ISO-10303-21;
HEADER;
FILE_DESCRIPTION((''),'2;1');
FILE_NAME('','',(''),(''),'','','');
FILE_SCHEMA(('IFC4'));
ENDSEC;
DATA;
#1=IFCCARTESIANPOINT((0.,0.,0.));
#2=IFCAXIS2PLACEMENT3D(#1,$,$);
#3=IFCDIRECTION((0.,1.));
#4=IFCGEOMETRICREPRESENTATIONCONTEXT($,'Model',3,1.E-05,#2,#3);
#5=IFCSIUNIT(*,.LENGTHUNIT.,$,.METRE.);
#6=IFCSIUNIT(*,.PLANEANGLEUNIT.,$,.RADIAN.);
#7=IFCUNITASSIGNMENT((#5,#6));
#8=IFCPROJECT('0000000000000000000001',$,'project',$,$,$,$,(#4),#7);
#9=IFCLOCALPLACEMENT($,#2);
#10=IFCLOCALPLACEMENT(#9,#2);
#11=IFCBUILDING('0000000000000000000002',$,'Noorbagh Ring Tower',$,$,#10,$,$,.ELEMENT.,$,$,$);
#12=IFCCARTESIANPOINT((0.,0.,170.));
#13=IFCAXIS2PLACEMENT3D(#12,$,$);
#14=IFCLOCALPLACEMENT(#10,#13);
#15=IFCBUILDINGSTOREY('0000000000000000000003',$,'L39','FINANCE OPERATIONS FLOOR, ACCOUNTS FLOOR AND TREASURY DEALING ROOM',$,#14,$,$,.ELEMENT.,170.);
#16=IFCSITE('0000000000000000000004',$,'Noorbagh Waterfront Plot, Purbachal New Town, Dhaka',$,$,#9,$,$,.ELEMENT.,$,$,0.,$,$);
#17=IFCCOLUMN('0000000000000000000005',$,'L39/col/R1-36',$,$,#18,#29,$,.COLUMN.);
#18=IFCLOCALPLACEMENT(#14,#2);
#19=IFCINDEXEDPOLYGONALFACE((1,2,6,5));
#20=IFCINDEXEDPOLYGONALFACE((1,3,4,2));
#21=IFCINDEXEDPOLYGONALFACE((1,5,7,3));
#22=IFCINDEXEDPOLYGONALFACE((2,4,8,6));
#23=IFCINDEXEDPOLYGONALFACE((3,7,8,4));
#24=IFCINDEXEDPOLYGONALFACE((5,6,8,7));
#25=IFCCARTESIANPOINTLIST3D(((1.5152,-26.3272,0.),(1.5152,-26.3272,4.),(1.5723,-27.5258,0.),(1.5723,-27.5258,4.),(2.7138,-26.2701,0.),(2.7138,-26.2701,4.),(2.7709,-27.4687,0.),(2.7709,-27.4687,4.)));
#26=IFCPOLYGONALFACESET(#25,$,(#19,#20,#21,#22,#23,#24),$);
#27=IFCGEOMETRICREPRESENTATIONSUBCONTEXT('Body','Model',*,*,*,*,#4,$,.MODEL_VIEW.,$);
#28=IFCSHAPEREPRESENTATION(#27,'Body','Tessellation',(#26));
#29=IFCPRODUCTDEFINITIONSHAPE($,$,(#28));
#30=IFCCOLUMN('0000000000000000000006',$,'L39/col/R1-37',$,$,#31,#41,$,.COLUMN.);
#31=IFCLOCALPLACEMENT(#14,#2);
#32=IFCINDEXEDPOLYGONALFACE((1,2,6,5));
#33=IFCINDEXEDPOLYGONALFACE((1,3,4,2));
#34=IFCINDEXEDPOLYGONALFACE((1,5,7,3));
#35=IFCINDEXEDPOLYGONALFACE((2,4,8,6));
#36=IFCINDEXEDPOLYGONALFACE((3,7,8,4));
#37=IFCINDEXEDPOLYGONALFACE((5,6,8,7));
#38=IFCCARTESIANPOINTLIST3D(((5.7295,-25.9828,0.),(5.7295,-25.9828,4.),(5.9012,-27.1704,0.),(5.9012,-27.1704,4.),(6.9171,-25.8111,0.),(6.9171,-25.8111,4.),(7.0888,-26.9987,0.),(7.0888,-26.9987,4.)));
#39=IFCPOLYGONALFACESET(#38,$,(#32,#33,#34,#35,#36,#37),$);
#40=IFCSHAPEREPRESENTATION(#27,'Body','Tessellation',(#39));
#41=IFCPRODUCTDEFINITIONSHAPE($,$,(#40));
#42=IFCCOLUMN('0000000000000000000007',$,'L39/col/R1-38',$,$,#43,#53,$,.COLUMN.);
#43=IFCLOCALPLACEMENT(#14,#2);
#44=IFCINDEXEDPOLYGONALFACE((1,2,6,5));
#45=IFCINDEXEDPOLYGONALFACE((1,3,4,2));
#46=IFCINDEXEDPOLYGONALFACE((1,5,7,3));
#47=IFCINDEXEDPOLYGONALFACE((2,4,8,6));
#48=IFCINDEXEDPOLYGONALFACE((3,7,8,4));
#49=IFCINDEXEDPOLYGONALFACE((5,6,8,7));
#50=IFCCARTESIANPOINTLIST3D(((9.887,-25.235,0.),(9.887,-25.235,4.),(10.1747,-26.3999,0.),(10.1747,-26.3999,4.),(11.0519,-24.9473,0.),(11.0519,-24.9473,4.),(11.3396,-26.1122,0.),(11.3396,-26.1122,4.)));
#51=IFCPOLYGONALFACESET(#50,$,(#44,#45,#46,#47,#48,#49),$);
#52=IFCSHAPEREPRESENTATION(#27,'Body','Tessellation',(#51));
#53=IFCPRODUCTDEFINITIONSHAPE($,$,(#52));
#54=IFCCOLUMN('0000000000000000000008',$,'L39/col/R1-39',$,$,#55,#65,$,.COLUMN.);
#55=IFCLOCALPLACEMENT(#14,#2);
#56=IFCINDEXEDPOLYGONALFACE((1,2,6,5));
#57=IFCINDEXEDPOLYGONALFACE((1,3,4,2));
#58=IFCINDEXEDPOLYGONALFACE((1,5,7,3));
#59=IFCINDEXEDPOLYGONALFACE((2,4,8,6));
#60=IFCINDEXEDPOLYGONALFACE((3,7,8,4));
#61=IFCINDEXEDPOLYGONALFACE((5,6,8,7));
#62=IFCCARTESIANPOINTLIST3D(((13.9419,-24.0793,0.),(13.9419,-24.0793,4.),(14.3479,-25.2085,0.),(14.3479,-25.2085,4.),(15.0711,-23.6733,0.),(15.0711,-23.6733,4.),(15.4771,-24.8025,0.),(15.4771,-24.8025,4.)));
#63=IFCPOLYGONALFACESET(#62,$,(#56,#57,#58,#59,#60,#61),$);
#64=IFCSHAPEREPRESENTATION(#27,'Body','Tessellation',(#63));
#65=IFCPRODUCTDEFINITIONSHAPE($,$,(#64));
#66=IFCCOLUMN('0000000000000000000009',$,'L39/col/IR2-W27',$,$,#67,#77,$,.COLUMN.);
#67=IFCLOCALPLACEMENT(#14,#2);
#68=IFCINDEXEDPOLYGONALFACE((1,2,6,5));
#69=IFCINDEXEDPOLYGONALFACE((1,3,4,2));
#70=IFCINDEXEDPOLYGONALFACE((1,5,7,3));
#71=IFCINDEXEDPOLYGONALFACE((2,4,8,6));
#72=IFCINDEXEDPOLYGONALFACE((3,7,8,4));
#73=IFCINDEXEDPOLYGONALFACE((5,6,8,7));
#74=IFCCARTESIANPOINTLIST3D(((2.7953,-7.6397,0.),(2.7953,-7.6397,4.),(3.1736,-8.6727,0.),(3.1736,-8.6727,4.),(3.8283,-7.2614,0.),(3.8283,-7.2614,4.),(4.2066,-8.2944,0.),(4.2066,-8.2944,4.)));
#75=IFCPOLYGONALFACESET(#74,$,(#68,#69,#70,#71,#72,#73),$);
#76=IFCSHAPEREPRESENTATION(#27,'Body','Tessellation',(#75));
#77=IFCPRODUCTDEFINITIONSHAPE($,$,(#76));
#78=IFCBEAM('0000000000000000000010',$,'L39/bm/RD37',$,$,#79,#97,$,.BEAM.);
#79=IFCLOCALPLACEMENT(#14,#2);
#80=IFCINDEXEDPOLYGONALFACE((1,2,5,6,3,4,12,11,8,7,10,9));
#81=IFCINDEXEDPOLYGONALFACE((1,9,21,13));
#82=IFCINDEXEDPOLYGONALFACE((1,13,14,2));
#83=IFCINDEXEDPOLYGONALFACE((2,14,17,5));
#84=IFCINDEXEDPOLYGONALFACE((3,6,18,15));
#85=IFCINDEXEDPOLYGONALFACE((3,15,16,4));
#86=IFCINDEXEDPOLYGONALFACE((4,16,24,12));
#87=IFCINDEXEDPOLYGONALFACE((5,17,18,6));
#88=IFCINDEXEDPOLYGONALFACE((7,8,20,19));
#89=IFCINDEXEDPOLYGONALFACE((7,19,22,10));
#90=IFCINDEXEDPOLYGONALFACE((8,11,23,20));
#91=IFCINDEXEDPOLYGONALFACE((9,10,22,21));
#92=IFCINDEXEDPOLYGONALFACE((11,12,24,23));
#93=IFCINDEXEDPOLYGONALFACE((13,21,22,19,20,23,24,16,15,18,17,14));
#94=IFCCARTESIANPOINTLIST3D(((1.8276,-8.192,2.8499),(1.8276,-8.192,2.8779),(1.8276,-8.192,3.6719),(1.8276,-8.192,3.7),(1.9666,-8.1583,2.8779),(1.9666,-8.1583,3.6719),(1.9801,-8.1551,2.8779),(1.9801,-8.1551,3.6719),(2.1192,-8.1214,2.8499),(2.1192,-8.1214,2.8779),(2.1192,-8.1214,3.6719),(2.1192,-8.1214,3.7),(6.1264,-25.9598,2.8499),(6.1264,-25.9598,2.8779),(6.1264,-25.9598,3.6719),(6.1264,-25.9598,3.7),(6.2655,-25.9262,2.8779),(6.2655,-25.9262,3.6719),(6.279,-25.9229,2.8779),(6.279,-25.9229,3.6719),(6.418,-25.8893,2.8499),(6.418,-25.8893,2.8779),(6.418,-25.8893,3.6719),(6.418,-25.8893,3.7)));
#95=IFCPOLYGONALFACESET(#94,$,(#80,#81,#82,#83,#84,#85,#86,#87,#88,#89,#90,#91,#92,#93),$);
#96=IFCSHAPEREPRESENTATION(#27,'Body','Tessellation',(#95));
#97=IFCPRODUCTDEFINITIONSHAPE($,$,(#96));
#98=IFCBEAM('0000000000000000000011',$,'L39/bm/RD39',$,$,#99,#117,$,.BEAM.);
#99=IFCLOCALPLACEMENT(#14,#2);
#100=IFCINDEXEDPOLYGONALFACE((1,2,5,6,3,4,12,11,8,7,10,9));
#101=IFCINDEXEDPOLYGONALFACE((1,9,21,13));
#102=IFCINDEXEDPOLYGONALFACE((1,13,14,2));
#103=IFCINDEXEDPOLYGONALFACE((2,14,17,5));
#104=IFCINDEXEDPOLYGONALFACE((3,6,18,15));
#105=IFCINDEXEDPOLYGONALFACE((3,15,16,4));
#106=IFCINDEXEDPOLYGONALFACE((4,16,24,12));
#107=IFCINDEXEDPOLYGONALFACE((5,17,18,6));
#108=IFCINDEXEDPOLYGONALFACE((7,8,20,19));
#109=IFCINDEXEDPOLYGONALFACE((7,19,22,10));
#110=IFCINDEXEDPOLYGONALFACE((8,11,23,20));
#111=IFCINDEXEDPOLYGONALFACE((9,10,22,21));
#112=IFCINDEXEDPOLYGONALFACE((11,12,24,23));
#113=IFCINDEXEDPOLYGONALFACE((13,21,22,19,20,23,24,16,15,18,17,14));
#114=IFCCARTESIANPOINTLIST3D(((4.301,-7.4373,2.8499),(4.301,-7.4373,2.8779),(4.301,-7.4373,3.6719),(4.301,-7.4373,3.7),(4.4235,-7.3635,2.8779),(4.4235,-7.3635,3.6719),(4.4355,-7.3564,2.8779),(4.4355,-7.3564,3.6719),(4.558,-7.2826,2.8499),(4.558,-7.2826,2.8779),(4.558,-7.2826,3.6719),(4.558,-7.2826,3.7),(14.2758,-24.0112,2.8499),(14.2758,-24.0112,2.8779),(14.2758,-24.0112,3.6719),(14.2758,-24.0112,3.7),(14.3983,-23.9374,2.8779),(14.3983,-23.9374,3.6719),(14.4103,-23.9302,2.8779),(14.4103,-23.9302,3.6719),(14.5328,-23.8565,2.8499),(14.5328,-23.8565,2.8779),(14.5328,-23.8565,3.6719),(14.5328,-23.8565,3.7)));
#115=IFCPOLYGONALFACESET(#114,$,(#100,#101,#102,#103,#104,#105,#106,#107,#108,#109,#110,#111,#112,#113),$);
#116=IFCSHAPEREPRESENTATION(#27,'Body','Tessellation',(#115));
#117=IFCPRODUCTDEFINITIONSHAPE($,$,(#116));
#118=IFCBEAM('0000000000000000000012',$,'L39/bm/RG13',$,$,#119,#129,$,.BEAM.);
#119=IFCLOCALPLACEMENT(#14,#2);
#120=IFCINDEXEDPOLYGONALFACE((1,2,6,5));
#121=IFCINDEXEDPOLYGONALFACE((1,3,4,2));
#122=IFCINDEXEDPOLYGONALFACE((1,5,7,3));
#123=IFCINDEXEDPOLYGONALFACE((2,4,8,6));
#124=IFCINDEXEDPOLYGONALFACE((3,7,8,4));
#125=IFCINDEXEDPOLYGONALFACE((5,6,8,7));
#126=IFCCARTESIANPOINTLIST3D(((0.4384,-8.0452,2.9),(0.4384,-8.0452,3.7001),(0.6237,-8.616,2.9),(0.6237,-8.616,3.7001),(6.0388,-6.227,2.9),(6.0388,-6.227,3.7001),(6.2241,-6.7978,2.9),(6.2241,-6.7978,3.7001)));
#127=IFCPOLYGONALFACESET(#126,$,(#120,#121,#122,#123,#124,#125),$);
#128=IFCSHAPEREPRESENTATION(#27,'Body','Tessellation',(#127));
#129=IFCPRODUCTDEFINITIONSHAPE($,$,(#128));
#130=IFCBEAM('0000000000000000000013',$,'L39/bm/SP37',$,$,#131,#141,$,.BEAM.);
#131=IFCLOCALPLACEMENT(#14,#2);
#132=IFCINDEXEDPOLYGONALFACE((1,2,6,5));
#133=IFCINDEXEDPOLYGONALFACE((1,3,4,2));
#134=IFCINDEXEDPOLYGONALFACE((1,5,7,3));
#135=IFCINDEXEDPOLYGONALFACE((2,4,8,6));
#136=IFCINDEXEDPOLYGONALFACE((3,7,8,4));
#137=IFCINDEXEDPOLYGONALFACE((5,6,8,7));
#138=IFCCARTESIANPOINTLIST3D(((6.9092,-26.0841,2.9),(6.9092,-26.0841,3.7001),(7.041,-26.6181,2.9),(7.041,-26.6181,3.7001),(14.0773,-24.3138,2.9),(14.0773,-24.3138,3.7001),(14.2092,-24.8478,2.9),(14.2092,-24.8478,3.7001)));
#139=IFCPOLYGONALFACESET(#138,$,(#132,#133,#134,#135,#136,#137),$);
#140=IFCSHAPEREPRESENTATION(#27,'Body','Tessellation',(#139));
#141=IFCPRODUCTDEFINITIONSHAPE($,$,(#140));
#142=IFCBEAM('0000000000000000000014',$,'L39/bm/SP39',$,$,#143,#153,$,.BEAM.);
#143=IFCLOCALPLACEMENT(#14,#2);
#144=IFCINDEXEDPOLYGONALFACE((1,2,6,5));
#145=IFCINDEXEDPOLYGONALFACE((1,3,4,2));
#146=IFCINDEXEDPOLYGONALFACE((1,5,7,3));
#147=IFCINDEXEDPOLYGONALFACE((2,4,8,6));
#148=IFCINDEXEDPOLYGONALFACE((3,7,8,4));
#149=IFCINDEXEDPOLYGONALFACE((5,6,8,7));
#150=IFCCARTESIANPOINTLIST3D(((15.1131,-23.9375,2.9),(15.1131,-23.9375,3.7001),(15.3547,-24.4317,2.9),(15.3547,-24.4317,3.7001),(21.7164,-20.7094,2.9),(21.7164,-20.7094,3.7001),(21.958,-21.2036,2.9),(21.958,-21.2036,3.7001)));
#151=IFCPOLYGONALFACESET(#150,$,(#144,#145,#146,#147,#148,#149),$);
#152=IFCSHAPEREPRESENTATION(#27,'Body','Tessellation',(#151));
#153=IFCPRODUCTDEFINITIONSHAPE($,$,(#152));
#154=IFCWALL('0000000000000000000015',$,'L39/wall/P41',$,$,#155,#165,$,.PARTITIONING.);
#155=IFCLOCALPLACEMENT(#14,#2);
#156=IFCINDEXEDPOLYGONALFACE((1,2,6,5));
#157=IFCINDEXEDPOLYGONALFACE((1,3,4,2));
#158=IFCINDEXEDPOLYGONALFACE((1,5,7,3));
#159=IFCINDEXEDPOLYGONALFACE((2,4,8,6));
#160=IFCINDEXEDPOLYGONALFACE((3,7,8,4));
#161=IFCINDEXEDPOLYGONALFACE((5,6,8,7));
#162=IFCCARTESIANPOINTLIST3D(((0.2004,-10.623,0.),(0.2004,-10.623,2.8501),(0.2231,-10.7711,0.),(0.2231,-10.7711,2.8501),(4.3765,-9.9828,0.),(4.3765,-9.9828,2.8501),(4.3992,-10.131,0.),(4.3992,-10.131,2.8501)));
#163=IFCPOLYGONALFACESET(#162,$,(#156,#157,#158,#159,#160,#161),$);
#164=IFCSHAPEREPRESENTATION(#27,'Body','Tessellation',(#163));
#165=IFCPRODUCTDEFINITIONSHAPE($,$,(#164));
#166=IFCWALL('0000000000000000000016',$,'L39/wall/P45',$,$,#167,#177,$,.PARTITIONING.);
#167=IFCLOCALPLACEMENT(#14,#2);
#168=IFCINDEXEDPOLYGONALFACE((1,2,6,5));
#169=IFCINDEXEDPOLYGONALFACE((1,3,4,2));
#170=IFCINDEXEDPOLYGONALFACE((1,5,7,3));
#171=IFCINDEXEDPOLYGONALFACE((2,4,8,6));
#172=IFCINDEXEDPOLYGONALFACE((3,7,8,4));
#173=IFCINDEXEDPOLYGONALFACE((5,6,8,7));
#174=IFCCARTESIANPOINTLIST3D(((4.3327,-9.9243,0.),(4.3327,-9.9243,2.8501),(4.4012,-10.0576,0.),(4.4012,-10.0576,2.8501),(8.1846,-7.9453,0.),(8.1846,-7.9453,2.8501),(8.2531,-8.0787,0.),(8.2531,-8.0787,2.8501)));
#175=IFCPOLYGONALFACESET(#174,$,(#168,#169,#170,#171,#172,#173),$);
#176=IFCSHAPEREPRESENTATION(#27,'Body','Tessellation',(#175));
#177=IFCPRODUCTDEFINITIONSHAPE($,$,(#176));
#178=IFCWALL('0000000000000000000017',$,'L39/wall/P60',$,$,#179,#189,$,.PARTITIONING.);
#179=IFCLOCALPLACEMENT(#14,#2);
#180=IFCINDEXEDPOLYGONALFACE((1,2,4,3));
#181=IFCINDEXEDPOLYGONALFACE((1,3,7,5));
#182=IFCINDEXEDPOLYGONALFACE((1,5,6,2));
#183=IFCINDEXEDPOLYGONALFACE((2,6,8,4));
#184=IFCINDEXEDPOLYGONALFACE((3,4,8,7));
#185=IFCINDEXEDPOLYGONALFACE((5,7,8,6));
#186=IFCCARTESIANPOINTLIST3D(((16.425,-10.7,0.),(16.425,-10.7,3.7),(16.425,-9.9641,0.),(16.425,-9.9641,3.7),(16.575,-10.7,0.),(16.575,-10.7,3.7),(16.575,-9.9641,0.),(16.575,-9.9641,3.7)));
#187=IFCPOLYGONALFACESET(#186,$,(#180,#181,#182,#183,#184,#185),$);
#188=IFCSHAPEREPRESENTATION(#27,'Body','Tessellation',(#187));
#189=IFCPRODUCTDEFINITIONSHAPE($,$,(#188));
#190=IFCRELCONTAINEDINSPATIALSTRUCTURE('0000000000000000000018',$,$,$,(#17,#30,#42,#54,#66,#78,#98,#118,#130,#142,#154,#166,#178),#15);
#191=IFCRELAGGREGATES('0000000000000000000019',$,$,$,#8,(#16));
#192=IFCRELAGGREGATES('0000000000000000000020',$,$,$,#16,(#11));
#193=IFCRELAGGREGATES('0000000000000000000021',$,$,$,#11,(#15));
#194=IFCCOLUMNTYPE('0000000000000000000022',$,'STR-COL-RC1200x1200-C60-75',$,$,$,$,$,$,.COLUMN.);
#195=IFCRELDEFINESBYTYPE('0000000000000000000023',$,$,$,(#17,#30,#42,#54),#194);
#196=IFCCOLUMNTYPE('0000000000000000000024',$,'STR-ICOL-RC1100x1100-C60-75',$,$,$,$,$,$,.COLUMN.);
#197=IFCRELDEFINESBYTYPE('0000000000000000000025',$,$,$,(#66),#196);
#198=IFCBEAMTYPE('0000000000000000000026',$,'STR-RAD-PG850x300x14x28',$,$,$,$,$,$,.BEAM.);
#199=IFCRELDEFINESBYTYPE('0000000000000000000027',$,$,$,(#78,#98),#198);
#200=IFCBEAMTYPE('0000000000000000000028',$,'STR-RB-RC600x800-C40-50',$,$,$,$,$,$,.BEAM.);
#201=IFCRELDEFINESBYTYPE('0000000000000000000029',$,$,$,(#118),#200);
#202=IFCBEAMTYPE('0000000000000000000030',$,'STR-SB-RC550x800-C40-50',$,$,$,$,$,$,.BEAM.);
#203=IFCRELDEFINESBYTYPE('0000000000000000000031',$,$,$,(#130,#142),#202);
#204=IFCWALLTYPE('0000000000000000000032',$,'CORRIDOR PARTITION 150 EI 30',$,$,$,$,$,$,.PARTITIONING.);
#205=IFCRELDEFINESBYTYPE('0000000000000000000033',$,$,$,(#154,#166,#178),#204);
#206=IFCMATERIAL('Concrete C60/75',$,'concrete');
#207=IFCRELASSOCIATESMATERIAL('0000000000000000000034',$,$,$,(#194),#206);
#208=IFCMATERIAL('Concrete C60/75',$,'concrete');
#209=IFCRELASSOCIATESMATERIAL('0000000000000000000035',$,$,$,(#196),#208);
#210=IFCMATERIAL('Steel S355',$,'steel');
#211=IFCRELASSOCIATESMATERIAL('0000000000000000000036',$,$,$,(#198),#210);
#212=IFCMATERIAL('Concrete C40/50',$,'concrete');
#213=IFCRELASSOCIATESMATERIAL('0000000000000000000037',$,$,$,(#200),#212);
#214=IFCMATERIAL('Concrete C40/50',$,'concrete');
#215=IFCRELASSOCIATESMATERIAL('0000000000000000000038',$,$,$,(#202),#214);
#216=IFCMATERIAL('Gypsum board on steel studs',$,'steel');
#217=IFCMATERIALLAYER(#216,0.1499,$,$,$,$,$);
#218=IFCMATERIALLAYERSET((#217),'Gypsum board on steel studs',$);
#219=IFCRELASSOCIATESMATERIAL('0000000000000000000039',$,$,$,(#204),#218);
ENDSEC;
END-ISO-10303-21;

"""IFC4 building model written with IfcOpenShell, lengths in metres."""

from ifc_helpers import new_model, si_unit, direction, frame, frame_2d, origin, origin_2d, place, context, subcontext, project, spatial, rectangle, i_section, extrude, material, layer, layer_set, material_profile, profile_set, type_object, element, save


model = new_model("IFC4")

# Units and contexts
model_context = context("Model", 3, precision=1e-05, world=origin(), true_north=direction((0.0, 1.0)))
body_context = subcontext(model_context, "Body", "Model", "MODEL_VIEW")
ifc_project = project(units=[si_unit("LENGTHUNIT", "METRE"), si_unit("PLANEANGLEUNIT", "RADIAN")], contexts=[model_context])

# Site, building, storey
site_placement = place(None, origin())
site = spatial("IfcSite", under=ifc_project, at=site_placement, Name="Noorbagh Waterfront Plot, Purbachal New Town, Dhaka", CompositionType="ELEMENT", RefElevation=0.0)
building_placement = place(site_placement, origin())
building = spatial("IfcBuilding", under=site, at=building_placement, Name="Noorbagh Ring Tower", CompositionType="ELEMENT")
storey_placement = place(building_placement, frame((0.0, 0.0, 170.0)))
storey = spatial("IfcBuildingStorey", under=building, at=storey_placement, Name="L39", Description="FINANCE OPERATIONS FLOOR, ACCOUNTS FLOOR AND TREASURY DEALING ROOM", CompositionType="ELEMENT", Elevation=170.0)

# Columns
ifc_material_1 = material(Name="Concrete C60/75", Category="concrete")
ifc_material_profile_1 = material_profile(ifc_material_1, rectangle(XDim=1.2, YDim=1.2, at=origin_2d()), Name="RC1200x1200")
ifc_profile_set_1 = profile_set([ifc_material_profile_1], Name="Concrete C60/75")
column_type_1 = type_object("IfcColumnType", Name="STR-COL-RC1200x1200-C60-75", PredefinedType="COLUMN", material=ifc_profile_set_1)
for number, where, z_axis, x_axis, name in (
    (1, (2.1431, -26.8979, 0.0), (0.0, 0.0, 1.0), (0.998869, 0.047553, 0.0), "L39/col/R1-36"),
    (2, (6.4092, -26.4907, 0.0), (0.0, 0.0, 1.0), (0.989713, 0.143066, 0.0), "L39/col/R1-37"),
    (3, (10.6133, -25.6736, 0.0), (0.0, 0.0, 1.0), (0.970829, 0.239771, 0.0), "L39/col/R1-38"),
    (4, (14.7095, -24.4409, 0.0), (0.0, 0.0, 1.0), (0.941025, 0.338338, 0.0), "L39/col/R1-39"),
):
    element("IfcColumn", number, at=place(storey_placement, frame(where, z_axis=z_axis, x_axis=x_axis)), inside=storey, type_object=column_type_1, Name=name, PredefinedType="COLUMN", context=body_context, shape_type="SweptSolid", body=[
        extrude(rectangle(XDim=1.2, YDim=1.2, at=origin_2d()), origin(), (0.0, 0.0, 1.0), 4.0),
    ])
ifc_material_2 = material(Name="Concrete C60/75", Category="concrete")
ifc_material_profile_2 = material_profile(ifc_material_2, rectangle(XDim=1.1001, YDim=1.1001, at=origin_2d()), Name="RC1100x1100")
ifc_profile_set_2 = profile_set([ifc_material_profile_2], Name="Concrete C60/75")
column_type_2 = type_object("IfcColumnType", Name="STR-ICOL-RC1100x1100-C60-75", PredefinedType="COLUMN", material=ifc_profile_set_2)
column_placement = place(storey_placement, frame((3.501, -7.967, 0.0), z_axis=(0.0, 0.0, 1.0), x_axis=(0.93902, 0.343864, 0.0)))
element("IfcColumn", 5, at=column_placement, inside=storey, type_object=column_type_2, Name="L39/col/IR2-W27", PredefinedType="COLUMN", context=body_context, shape_type="SweptSolid", body=[
    extrude(rectangle(XDim=1.1001, YDim=1.1001, at=origin_2d()), origin(), (0.0, 0.0, 1.0), 4.0),
])

# Beams
ifc_material_3 = material(Name="Steel S355", Category="steel")
ifc_material_profile_3 = material_profile(ifc_material_3, i_section(OverallWidth=0.3, OverallDepth=0.8501, WebThickness=0.0139, FlangeThickness=0.0281, at=origin_2d()), Name="PG850x300x14x28")
ifc_profile_set_3 = profile_set([ifc_material_profile_3], Name="Steel S355")
beam_type_1 = type_object("IfcBeamType", Name="STR-RAD-PG850x300x14x28", PredefinedType="BEAM", material=ifc_profile_set_3)
beam_1_placement = place(storey_placement, frame((6.2722, -25.9246, 3.2749), z_axis=(-0.23516, 0.971957, 0.0), x_axis=(-0.971957, -0.23516, 0.0)))
element("IfcBeam", 6, at=beam_1_placement, inside=storey, type_object=beam_type_1, Name="L39/bm/RD37", PredefinedType="BEAM", context=body_context, shape_type="SweptSolid", body=[
    extrude(i_section(OverallWidth=0.3, OverallDepth=0.8501, WebThickness=0.0139, FlangeThickness=0.0281, at=origin_2d()), origin(), (0.0, 0.0, 1.0), 18.2805),
])
beam_2_placement = place(storey_placement, frame((14.4043, -23.9338, 3.2749), z_axis=(-0.515653, 0.856797, 0.0), x_axis=(-0.856797, -0.515653, 0.0)))
element("IfcBeam", 7, at=beam_2_placement, inside=storey, type_object=beam_type_1, Name="L39/bm/RD39", PredefinedType="BEAM", context=body_context, shape_type="SweptSolid", body=[
    extrude(i_section(OverallWidth=0.3, OverallDepth=0.8501, WebThickness=0.0139, FlangeThickness=0.0281, at=origin_2d()), origin(), (0.0, 0.0, 1.0), 19.344),
])
ifc_material_4 = material(Name="Concrete C40/50", Category="concrete")
ifc_material_profile_4 = material_profile(ifc_material_4, rectangle(XDim=0.6001, YDim=0.8, at=origin_2d()), Name="RC600x800")
ifc_profile_set_4 = profile_set([ifc_material_profile_4], Name="Concrete C40/50")
beam_type_2 = type_object("IfcBeamType", Name="STR-RB-RC600x800-C40-50", PredefinedType="BEAM", material=ifc_profile_set_4)
beam_3_placement = place(storey_placement, frame((0.531, -8.3306, 3.3), z_axis=(0.951134, 0.308779, 0.0), x_axis=(-0.308779, 0.951134, 0.0)))
element("IfcBeam", 8, at=beam_3_placement, inside=storey, type_object=beam_type_2, Name="L39/bm/RG13", PredefinedType="BEAM", context=body_context, shape_type="SweptSolid", body=[
    extrude(rectangle(XDim=0.6001, YDim=0.8, at=origin_2d()), origin(), (0.0, 0.0, 1.0), 5.8882),
])
ifc_material_5 = material(Name="Concrete C40/50", Category="concrete")
ifc_material_profile_5 = material_profile(ifc_material_5, rectangle(XDim=0.55, YDim=0.8, at=origin_2d()), Name="RC550x800")
ifc_profile_set_5 = profile_set([ifc_material_profile_5], Name="Concrete C40/50")
beam_type_3 = type_object("IfcBeamType", Name="STR-SB-RC550x800-C40-50", PredefinedType="BEAM", material=ifc_profile_set_5)
beam_4_placement = place(storey_placement, frame((6.9751, -26.3511, 3.3), z_axis=(0.970833, 0.239757, 0.0), x_axis=(-0.239757, 0.970833, 0.0)))
element("IfcBeam", 9, at=beam_4_placement, inside=storey, type_object=beam_type_3, Name="L39/bm/SP37", PredefinedType="BEAM", context=body_context, shape_type="SweptSolid", body=[
    extrude(rectangle(XDim=0.55, YDim=0.8, at=origin_2d()), origin(), (0.0, 0.0, 1.0), 7.3835),
])
beam_5_placement = place(storey_placement, frame((15.2339, -24.1846, 3.3), z_axis=(0.898397, 0.439184, 0.0), x_axis=(-0.439184, 0.898397, 0.0)))
element("IfcBeam", 10, at=beam_5_placement, inside=storey, type_object=beam_type_3, Name="L39/bm/SP39", PredefinedType="BEAM", context=body_context, shape_type="SweptSolid", body=[
    extrude(rectangle(XDim=0.55, YDim=0.8, at=origin_2d()), origin(), (0.0, 0.0, 1.0), 7.3501),
])

# Walls
ifc_material_6 = material(Name="Gypsum board on steel studs", Category="steel")
ifc_layer_1 = layer(ifc_material_6, 0.1499)
ifc_layer_set_1 = layer_set([ifc_layer_1], Name="Gypsum board on steel studs")
wall_type_1 = type_object("IfcWallType", Name="CORRIDOR PARTITION 150 EI 30", PredefinedType="PARTITIONING", material=ifc_layer_set_1)
wall_1_placement = place(storey_placement, frame((0.2119, -10.697, 0.0), z_axis=(0.0, 0.0, 1.0), x_axis=(0.988454, 0.151519, 0.0)))
element("IfcWall", 11, at=wall_1_placement, inside=storey, type_object=wall_type_1, Name="L39/wall/P41", PredefinedType="PARTITIONING", context=body_context, shape_type="SweptSolid", body=[
    extrude(rectangle(XDim=4.2249, YDim=0.1499, at=frame_2d((2.1123, 0.0))), origin(), (0.0, 0.0, 1.0), 2.8501),
])
wall_2_placement = place(storey_placement, frame((4.3669, -9.991, 0.0), z_axis=(0.0, 0.0, 1.0), x_axis=(0.88948, 0.456973, 0.0)))
element("IfcWall", 12, at=wall_2_placement, inside=storey, type_object=wall_type_1, Name="L39/wall/P45", PredefinedType="PARTITIONING", context=body_context, shape_type="SweptSolid", body=[
    extrude(rectangle(XDim=4.3306, YDim=0.1499, at=frame_2d((2.1653, 0.0))), origin(), (0.0, 0.0, 1.0), 2.8501),
])
wall_3_placement = place(storey_placement, frame((16.5, -10.7, 0.0), z_axis=(0.0, 0.0, 1.0), x_axis=(0.0, 1.0, 0.0)))
element("IfcWall", 13, at=wall_3_placement, inside=storey, type_object=wall_type_1, Name="L39/wall/P60", PredefinedType="PARTITIONING", context=body_context, shape_type="SweptSolid", body=[
    extrude(rectangle(XDim=0.7358, YDim=0.1499, at=frame_2d((0.3679, 0.0))), origin(), (0.0, 0.0, 1.0), 3.7),
])

save(model, "model.ifc")
